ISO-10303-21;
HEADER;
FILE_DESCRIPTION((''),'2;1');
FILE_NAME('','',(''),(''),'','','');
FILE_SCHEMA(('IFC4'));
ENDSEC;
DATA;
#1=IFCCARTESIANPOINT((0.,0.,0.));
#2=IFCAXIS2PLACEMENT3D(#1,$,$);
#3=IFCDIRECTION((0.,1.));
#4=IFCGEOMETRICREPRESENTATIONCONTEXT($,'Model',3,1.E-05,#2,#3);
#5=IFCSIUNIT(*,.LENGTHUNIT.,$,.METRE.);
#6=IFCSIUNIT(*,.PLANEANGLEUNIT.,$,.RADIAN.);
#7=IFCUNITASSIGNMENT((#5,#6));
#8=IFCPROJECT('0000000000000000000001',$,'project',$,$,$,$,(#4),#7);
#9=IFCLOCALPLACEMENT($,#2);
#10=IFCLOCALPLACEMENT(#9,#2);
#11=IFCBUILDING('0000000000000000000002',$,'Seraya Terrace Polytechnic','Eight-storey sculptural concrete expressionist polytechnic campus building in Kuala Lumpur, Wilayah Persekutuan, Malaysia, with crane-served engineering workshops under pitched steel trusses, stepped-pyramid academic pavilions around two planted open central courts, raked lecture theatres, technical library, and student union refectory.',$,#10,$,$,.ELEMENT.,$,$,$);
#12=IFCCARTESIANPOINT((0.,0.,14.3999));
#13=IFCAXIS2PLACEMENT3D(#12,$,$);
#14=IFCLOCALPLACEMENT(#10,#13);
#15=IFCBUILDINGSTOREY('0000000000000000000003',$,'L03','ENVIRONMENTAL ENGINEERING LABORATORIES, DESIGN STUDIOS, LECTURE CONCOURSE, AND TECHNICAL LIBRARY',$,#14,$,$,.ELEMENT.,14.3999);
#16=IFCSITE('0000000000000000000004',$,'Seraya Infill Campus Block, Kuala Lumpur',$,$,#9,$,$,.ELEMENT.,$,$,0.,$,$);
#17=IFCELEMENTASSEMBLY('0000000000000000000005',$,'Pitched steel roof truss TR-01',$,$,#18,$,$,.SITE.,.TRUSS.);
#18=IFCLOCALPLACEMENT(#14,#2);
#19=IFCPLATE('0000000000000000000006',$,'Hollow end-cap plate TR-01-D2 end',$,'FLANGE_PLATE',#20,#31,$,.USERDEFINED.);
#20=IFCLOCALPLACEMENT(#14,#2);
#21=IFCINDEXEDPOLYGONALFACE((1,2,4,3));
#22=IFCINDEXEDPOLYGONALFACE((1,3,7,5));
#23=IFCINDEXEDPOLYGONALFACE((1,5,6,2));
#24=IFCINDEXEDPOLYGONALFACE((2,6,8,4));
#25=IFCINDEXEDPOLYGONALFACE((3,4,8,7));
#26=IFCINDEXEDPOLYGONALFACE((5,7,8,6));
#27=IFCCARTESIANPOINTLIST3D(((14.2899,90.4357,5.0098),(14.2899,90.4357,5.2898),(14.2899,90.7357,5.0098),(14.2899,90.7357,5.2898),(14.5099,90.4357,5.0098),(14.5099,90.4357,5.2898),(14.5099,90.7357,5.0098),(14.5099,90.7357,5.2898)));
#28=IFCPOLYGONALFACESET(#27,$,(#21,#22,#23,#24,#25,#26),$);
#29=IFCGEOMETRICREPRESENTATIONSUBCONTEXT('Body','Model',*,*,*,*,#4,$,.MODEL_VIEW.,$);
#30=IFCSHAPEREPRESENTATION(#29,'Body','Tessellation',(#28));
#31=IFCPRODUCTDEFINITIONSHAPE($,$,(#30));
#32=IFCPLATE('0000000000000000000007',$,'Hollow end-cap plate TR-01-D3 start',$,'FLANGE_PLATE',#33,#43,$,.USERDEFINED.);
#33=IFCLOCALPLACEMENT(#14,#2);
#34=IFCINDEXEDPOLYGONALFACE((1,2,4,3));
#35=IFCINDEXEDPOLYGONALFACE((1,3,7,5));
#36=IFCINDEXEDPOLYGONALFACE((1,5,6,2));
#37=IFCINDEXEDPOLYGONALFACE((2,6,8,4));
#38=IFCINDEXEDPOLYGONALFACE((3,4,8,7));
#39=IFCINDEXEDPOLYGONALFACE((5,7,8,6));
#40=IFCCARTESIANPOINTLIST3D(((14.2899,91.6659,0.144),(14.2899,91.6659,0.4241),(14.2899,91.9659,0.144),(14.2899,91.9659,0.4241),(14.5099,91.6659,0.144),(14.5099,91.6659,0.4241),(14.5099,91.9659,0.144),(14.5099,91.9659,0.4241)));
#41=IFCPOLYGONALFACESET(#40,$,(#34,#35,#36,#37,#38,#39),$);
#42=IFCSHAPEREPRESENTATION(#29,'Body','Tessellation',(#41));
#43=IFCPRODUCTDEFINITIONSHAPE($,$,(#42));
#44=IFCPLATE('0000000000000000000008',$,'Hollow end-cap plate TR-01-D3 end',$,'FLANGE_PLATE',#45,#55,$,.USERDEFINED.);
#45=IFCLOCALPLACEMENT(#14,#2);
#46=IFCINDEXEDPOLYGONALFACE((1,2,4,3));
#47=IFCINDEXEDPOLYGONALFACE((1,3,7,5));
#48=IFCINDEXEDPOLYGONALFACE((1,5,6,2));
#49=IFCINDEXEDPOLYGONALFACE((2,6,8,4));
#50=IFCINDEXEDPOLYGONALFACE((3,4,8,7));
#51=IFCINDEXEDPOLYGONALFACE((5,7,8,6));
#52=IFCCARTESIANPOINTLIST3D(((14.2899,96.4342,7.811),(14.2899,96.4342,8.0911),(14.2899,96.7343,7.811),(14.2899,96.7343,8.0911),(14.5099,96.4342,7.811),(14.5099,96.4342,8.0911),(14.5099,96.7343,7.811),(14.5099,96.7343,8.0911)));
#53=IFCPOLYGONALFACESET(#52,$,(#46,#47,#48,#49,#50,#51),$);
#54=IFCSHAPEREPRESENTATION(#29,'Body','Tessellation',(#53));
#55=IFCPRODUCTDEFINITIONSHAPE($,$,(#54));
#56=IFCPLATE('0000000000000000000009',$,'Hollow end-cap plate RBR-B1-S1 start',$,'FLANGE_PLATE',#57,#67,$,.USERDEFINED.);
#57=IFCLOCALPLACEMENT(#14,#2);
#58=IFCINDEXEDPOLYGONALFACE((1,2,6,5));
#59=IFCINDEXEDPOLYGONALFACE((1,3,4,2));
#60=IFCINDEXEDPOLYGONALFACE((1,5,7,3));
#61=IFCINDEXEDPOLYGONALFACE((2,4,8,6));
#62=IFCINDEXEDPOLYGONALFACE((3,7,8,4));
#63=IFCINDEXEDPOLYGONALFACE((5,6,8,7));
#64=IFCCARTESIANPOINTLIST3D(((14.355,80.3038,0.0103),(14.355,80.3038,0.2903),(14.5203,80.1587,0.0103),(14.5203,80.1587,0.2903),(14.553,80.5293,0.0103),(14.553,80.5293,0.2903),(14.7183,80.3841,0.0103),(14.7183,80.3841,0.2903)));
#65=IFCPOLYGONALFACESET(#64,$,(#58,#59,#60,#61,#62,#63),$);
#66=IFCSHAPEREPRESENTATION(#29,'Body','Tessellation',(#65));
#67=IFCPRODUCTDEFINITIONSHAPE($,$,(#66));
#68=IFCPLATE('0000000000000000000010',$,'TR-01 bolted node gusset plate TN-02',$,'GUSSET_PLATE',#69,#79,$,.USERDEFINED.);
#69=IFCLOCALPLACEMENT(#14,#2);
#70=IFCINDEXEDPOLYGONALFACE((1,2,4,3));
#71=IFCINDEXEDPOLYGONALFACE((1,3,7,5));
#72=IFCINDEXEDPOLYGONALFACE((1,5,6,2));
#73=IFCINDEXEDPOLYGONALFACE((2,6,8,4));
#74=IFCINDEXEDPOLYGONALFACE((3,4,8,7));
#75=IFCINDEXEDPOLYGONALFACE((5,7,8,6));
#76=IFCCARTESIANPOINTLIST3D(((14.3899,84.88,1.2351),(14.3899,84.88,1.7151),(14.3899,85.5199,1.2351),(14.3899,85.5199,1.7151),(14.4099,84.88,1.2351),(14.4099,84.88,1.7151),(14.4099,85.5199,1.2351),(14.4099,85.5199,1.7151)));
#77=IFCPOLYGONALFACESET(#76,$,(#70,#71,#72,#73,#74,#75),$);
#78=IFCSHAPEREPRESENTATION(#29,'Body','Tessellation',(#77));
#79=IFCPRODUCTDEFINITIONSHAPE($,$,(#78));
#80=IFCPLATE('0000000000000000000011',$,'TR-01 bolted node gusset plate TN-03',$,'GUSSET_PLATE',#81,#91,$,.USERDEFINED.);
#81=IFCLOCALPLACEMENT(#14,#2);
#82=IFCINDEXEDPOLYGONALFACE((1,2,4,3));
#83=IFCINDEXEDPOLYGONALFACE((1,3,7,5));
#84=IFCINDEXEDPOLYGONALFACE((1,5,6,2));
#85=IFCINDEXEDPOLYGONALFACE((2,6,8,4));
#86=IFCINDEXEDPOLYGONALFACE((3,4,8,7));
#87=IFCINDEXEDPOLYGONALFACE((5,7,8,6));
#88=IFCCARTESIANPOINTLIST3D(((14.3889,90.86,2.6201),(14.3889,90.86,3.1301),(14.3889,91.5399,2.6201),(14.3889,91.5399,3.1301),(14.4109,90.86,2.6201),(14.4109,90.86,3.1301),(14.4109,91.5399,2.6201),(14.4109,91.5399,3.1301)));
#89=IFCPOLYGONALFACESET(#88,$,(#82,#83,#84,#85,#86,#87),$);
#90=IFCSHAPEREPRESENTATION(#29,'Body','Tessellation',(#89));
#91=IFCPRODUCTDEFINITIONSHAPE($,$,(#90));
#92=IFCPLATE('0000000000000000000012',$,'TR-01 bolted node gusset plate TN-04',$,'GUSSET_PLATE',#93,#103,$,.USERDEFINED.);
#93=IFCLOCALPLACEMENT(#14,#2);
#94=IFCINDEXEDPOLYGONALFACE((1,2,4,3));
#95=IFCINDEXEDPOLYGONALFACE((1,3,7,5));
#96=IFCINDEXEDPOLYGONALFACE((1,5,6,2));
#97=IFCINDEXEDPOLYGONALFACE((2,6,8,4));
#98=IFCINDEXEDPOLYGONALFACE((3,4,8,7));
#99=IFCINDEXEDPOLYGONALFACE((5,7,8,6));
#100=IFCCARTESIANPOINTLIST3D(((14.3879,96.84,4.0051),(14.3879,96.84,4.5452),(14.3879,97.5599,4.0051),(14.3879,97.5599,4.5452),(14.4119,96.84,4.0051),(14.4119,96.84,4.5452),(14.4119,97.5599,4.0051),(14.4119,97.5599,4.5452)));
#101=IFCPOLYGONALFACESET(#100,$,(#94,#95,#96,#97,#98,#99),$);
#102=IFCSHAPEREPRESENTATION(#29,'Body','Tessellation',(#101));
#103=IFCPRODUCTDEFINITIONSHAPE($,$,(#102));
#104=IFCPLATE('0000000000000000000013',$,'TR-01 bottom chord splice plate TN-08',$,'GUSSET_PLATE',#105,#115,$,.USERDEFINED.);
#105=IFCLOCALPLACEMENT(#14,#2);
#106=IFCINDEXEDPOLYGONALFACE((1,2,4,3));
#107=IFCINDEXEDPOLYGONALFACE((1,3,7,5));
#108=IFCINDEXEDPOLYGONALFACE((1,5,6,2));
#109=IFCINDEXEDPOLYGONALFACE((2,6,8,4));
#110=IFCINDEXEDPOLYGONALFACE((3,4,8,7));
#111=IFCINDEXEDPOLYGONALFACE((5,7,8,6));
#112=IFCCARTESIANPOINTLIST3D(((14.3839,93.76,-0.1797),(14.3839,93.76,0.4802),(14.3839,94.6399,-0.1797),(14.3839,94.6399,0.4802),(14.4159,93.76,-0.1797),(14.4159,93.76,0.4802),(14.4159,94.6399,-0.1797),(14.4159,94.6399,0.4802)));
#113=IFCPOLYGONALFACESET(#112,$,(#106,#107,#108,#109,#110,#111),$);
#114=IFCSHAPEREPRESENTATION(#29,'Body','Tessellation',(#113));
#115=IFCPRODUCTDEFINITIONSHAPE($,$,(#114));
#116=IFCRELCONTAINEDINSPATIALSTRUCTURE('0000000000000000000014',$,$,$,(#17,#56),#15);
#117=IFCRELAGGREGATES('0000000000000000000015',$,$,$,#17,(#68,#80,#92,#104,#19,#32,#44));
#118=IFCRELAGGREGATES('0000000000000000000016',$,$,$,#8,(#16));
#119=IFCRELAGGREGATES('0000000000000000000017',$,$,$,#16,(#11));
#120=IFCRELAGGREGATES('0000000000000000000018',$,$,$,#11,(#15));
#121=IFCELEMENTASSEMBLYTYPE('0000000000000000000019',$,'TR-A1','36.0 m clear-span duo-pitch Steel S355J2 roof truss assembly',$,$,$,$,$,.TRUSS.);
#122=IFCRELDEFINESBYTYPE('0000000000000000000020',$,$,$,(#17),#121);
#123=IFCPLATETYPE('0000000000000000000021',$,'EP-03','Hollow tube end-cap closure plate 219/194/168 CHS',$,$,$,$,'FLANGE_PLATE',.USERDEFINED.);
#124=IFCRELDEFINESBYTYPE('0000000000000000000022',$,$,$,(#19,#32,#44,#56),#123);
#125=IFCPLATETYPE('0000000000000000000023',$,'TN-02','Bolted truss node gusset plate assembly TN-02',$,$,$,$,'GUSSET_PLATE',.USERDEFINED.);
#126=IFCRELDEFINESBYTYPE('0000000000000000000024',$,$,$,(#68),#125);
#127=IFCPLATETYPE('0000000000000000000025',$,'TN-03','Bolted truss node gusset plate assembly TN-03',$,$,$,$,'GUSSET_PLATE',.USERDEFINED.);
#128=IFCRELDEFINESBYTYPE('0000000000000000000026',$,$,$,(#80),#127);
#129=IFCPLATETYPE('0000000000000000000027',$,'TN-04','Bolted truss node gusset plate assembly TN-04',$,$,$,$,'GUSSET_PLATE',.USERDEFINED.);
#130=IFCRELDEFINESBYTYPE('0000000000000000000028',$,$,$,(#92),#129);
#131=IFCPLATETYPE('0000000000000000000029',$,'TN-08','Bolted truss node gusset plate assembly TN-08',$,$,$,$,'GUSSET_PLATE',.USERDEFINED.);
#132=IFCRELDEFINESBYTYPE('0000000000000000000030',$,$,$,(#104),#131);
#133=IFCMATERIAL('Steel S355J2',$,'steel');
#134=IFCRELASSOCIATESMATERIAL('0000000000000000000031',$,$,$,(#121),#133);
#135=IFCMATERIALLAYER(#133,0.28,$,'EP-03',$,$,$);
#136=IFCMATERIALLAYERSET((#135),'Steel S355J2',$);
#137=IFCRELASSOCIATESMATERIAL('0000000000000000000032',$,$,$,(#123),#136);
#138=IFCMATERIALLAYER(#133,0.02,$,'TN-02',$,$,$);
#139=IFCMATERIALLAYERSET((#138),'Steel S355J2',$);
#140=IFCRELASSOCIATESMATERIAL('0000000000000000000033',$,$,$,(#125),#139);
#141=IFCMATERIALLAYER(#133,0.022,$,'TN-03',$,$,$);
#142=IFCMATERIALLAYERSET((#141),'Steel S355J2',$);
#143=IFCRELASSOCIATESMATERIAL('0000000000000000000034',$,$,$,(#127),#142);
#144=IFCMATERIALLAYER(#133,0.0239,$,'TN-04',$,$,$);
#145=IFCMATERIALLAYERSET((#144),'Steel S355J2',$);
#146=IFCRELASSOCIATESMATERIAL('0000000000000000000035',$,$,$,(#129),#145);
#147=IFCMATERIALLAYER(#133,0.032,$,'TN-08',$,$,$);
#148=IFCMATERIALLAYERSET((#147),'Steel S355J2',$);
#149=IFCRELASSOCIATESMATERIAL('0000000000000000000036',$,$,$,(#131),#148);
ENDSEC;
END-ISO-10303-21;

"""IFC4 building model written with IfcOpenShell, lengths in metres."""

from ifc_helpers import new_model, si_unit, direction, frame, origin, origin_2d, place, context, subcontext, project, spatial, rectangle, extrude, material, layer, layer_set, type_object, element, aggregate, save


model = new_model("IFC4")

# Units and contexts
model_context = context("Model", 3, precision=1e-05, world=origin(), true_north=direction((0.0, 1.0)))
body_context = subcontext(model_context, "Body", "Model", "MODEL_VIEW")
ifc_project = project(units=[si_unit("LENGTHUNIT", "METRE"), si_unit("PLANEANGLEUNIT", "RADIAN")], contexts=[model_context])

# Site, building, storey
site_placement = place(None, origin())
site = spatial("IfcSite", under=ifc_project, at=site_placement, Name="Seraya Infill Campus Block, Kuala Lumpur", CompositionType="ELEMENT", RefElevation=0.0)
building_placement = place(site_placement, origin())
building = spatial("IfcBuilding", under=site, at=building_placement, Name="Seraya Terrace Polytechnic", Description="Eight-storey sculptural concrete expressionist polytechnic campus building in Kuala Lumpur, Wilayah Persekutuan, Malaysia, with crane-served engineering workshops under pitched steel trusses, stepped-pyramid academic pavilions around two planted open central courts, raked lecture theatres, technical library, and student union refectory.", CompositionType="ELEMENT")
storey_placement = place(building_placement, frame((0.0, 0.0, 14.3999)))
storey = spatial("IfcBuildingStorey", under=building, at=storey_placement, Name="L03", Description="ENVIRONMENTAL ENGINEERING LABORATORIES, DESIGN STUDIOS, LECTURE CONCOURSE, AND TECHNICAL LIBRARY", CompositionType="ELEMENT", Elevation=14.3999)

# Element assembly
ifc_material_1 = material(Name="Steel S355J2", Category="steel")
element_assembly_type = type_object("IfcElementAssemblyType", Name="TR-A1", Description="36.0 m clear-span duo-pitch Steel S355J2 roof truss assembly", PredefinedType="TRUSS", material=ifc_material_1)
assembly_placement = place(storey_placement, origin())
assembly = element("IfcElementAssembly", 1, at=assembly_placement, inside=storey, type_object=element_assembly_type, Name="Pitched steel roof truss TR-01", AssemblyPlace="SITE", PredefinedType="TRUSS")

# Plates
ifc_layer_1 = layer(ifc_material_1, 0.28, Name="EP-03")
ifc_layer_set_1 = layer_set([ifc_layer_1], Name="Steel S355J2")
plate_type_1 = type_object("IfcPlateType", Name="EP-03", Description="Hollow tube end-cap closure plate 219/194/168 CHS", ElementType="FLANGE_PLATE", PredefinedType="USERDEFINED", material=ifc_layer_set_1)
plate_1_placement = place(storey_placement, frame((14.3999, 90.5857, 5.0098), z_axis=(0.0, 0.0, 1.0), x_axis=(0.0, 1.0, 0.0)))
plate_1 = element("IfcPlate", 2, at=plate_1_placement, type_object=plate_type_1, Name="Hollow end-cap plate TR-01-D2 end", ObjectType="FLANGE_PLATE", PredefinedType="USERDEFINED", context=body_context, shape_type="SweptSolid", body=[
    extrude(rectangle(XDim=0.3, YDim=0.22, at=origin_2d()), origin(), (0.0, 0.0, 1.0), 0.28),
])
plate_2_placement = place(storey_placement, frame((14.3999, 91.8159, 0.144), z_axis=(0.0, 0.0, 1.0), x_axis=(0.0, 1.0, 0.0)))
plate_2 = element("IfcPlate", 3, at=plate_2_placement, type_object=plate_type_1, Name="Hollow end-cap plate TR-01-D3 start", ObjectType="FLANGE_PLATE", PredefinedType="USERDEFINED", context=body_context, shape_type="SweptSolid", body=[
    extrude(rectangle(XDim=0.3, YDim=0.22, at=origin_2d()), origin(), (0.0, 0.0, 1.0), 0.28),
])
plate_3_placement = place(storey_placement, frame((14.3999, 96.5842, 7.811), z_axis=(0.0, 0.0, 1.0), x_axis=(0.0, 1.0, 0.0)))
plate_3 = element("IfcPlate", 4, at=plate_3_placement, type_object=plate_type_1, Name="Hollow end-cap plate TR-01-D3 end", ObjectType="FLANGE_PLATE", PredefinedType="USERDEFINED", context=body_context, shape_type="SweptSolid", body=[
    extrude(rectangle(XDim=0.3, YDim=0.22, at=origin_2d()), origin(), (0.0, 0.0, 1.0), 0.28),
])
plate_4_placement = place(storey_placement, frame((14.5366, 80.344, 0.0103), z_axis=(0.0, 0.0, 1.0), x_axis=(0.659871, 0.751379, 0.0)))
element("IfcPlate", 5, at=plate_4_placement, inside=storey, type_object=plate_type_1, Name="Hollow end-cap plate RBR-B1-S1 start", ObjectType="FLANGE_PLATE", PredefinedType="USERDEFINED", context=body_context, shape_type="SweptSolid", body=[
    extrude(rectangle(XDim=0.3, YDim=0.22, at=origin_2d()), origin(), (0.0, 0.0, 1.0), 0.28),
])
ifc_layer_2 = layer(ifc_material_1, 0.02, Name="TN-02")
ifc_layer_set_2 = layer_set([ifc_layer_2], Name="Steel S355J2")
plate_type_2 = type_object("IfcPlateType", Name="TN-02", Description="Bolted truss node gusset plate assembly TN-02", ElementType="GUSSET_PLATE", PredefinedType="USERDEFINED", material=ifc_layer_set_2)
plate_5_placement = place(storey_placement, frame((14.3999, 85.2, 1.2351), z_axis=(0.0, 0.0, 1.0), x_axis=(0.0, 1.0, 0.0)))
plate_5 = element("IfcPlate", 6, at=plate_5_placement, type_object=plate_type_2, Name="TR-01 bolted node gusset plate TN-02", ObjectType="GUSSET_PLATE", PredefinedType="USERDEFINED", context=body_context, shape_type="SweptSolid", body=[
    extrude(rectangle(XDim=0.6399, YDim=0.02, at=origin_2d()), origin(), (0.0, 0.0, 1.0), 0.48),
])
ifc_layer_3 = layer(ifc_material_1, 0.022, Name="TN-03")
ifc_layer_set_3 = layer_set([ifc_layer_3], Name="Steel S355J2")
plate_type_3 = type_object("IfcPlateType", Name="TN-03", Description="Bolted truss node gusset plate assembly TN-03", ElementType="GUSSET_PLATE", PredefinedType="USERDEFINED", material=ifc_layer_set_3)
plate_6_placement = place(storey_placement, frame((14.3999, 91.2, 2.6201), z_axis=(0.0, 0.0, 1.0), x_axis=(0.0, 1.0, 0.0)))
plate_6 = element("IfcPlate", 7, at=plate_6_placement, type_object=plate_type_3, Name="TR-01 bolted node gusset plate TN-03", ObjectType="GUSSET_PLATE", PredefinedType="USERDEFINED", context=body_context, shape_type="SweptSolid", body=[
    extrude(rectangle(XDim=0.6799, YDim=0.022, at=origin_2d()), origin(), (0.0, 0.0, 1.0), 0.51),
])
ifc_layer_4 = layer(ifc_material_1, 0.0239, Name="TN-04")
ifc_layer_set_4 = layer_set([ifc_layer_4], Name="Steel S355J2")
plate_type_4 = type_object("IfcPlateType", Name="TN-04", Description="Bolted truss node gusset plate assembly TN-04", ElementType="GUSSET_PLATE", PredefinedType="USERDEFINED", material=ifc_layer_set_4)
plate_7_placement = place(storey_placement, frame((14.3999, 97.2, 4.0051), z_axis=(0.0, 0.0, 1.0), x_axis=(0.0, 1.0, 0.0)))
plate_7 = element("IfcPlate", 8, at=plate_7_placement, type_object=plate_type_4, Name="TR-01 bolted node gusset plate TN-04", ObjectType="GUSSET_PLATE", PredefinedType="USERDEFINED", context=body_context, shape_type="SweptSolid", body=[
    extrude(rectangle(XDim=0.72, YDim=0.0239, at=origin_2d()), origin(), (0.0, 0.0, 1.0), 0.54),
])
ifc_layer_5 = layer(ifc_material_1, 0.032, Name="TN-08")
ifc_layer_set_5 = layer_set([ifc_layer_5], Name="Steel S355J2")
plate_type_5 = type_object("IfcPlateType", Name="TN-08", Description="Bolted truss node gusset plate assembly TN-08", ElementType="GUSSET_PLATE", PredefinedType="USERDEFINED", material=ifc_layer_set_5)
plate_8_placement = place(storey_placement, frame((14.3999, 94.2, -0.1797), z_axis=(0.0, 0.0, 1.0), x_axis=(0.0, 1.0, 0.0)))
plate_8 = element("IfcPlate", 9, at=plate_8_placement, type_object=plate_type_5, Name="TR-01 bottom chord splice plate TN-08", ObjectType="GUSSET_PLATE", PredefinedType="USERDEFINED", context=body_context, shape_type="SweptSolid", body=[
    extrude(rectangle(XDim=0.8799, YDim=0.032, at=origin_2d()), origin(), (0.0, 0.0, 1.0), 0.6599),
])
aggregate(assembly, [plate_5, plate_6, plate_7, plate_8, plate_1, plate_2, plate_3])

save(model, "model.ifc")
